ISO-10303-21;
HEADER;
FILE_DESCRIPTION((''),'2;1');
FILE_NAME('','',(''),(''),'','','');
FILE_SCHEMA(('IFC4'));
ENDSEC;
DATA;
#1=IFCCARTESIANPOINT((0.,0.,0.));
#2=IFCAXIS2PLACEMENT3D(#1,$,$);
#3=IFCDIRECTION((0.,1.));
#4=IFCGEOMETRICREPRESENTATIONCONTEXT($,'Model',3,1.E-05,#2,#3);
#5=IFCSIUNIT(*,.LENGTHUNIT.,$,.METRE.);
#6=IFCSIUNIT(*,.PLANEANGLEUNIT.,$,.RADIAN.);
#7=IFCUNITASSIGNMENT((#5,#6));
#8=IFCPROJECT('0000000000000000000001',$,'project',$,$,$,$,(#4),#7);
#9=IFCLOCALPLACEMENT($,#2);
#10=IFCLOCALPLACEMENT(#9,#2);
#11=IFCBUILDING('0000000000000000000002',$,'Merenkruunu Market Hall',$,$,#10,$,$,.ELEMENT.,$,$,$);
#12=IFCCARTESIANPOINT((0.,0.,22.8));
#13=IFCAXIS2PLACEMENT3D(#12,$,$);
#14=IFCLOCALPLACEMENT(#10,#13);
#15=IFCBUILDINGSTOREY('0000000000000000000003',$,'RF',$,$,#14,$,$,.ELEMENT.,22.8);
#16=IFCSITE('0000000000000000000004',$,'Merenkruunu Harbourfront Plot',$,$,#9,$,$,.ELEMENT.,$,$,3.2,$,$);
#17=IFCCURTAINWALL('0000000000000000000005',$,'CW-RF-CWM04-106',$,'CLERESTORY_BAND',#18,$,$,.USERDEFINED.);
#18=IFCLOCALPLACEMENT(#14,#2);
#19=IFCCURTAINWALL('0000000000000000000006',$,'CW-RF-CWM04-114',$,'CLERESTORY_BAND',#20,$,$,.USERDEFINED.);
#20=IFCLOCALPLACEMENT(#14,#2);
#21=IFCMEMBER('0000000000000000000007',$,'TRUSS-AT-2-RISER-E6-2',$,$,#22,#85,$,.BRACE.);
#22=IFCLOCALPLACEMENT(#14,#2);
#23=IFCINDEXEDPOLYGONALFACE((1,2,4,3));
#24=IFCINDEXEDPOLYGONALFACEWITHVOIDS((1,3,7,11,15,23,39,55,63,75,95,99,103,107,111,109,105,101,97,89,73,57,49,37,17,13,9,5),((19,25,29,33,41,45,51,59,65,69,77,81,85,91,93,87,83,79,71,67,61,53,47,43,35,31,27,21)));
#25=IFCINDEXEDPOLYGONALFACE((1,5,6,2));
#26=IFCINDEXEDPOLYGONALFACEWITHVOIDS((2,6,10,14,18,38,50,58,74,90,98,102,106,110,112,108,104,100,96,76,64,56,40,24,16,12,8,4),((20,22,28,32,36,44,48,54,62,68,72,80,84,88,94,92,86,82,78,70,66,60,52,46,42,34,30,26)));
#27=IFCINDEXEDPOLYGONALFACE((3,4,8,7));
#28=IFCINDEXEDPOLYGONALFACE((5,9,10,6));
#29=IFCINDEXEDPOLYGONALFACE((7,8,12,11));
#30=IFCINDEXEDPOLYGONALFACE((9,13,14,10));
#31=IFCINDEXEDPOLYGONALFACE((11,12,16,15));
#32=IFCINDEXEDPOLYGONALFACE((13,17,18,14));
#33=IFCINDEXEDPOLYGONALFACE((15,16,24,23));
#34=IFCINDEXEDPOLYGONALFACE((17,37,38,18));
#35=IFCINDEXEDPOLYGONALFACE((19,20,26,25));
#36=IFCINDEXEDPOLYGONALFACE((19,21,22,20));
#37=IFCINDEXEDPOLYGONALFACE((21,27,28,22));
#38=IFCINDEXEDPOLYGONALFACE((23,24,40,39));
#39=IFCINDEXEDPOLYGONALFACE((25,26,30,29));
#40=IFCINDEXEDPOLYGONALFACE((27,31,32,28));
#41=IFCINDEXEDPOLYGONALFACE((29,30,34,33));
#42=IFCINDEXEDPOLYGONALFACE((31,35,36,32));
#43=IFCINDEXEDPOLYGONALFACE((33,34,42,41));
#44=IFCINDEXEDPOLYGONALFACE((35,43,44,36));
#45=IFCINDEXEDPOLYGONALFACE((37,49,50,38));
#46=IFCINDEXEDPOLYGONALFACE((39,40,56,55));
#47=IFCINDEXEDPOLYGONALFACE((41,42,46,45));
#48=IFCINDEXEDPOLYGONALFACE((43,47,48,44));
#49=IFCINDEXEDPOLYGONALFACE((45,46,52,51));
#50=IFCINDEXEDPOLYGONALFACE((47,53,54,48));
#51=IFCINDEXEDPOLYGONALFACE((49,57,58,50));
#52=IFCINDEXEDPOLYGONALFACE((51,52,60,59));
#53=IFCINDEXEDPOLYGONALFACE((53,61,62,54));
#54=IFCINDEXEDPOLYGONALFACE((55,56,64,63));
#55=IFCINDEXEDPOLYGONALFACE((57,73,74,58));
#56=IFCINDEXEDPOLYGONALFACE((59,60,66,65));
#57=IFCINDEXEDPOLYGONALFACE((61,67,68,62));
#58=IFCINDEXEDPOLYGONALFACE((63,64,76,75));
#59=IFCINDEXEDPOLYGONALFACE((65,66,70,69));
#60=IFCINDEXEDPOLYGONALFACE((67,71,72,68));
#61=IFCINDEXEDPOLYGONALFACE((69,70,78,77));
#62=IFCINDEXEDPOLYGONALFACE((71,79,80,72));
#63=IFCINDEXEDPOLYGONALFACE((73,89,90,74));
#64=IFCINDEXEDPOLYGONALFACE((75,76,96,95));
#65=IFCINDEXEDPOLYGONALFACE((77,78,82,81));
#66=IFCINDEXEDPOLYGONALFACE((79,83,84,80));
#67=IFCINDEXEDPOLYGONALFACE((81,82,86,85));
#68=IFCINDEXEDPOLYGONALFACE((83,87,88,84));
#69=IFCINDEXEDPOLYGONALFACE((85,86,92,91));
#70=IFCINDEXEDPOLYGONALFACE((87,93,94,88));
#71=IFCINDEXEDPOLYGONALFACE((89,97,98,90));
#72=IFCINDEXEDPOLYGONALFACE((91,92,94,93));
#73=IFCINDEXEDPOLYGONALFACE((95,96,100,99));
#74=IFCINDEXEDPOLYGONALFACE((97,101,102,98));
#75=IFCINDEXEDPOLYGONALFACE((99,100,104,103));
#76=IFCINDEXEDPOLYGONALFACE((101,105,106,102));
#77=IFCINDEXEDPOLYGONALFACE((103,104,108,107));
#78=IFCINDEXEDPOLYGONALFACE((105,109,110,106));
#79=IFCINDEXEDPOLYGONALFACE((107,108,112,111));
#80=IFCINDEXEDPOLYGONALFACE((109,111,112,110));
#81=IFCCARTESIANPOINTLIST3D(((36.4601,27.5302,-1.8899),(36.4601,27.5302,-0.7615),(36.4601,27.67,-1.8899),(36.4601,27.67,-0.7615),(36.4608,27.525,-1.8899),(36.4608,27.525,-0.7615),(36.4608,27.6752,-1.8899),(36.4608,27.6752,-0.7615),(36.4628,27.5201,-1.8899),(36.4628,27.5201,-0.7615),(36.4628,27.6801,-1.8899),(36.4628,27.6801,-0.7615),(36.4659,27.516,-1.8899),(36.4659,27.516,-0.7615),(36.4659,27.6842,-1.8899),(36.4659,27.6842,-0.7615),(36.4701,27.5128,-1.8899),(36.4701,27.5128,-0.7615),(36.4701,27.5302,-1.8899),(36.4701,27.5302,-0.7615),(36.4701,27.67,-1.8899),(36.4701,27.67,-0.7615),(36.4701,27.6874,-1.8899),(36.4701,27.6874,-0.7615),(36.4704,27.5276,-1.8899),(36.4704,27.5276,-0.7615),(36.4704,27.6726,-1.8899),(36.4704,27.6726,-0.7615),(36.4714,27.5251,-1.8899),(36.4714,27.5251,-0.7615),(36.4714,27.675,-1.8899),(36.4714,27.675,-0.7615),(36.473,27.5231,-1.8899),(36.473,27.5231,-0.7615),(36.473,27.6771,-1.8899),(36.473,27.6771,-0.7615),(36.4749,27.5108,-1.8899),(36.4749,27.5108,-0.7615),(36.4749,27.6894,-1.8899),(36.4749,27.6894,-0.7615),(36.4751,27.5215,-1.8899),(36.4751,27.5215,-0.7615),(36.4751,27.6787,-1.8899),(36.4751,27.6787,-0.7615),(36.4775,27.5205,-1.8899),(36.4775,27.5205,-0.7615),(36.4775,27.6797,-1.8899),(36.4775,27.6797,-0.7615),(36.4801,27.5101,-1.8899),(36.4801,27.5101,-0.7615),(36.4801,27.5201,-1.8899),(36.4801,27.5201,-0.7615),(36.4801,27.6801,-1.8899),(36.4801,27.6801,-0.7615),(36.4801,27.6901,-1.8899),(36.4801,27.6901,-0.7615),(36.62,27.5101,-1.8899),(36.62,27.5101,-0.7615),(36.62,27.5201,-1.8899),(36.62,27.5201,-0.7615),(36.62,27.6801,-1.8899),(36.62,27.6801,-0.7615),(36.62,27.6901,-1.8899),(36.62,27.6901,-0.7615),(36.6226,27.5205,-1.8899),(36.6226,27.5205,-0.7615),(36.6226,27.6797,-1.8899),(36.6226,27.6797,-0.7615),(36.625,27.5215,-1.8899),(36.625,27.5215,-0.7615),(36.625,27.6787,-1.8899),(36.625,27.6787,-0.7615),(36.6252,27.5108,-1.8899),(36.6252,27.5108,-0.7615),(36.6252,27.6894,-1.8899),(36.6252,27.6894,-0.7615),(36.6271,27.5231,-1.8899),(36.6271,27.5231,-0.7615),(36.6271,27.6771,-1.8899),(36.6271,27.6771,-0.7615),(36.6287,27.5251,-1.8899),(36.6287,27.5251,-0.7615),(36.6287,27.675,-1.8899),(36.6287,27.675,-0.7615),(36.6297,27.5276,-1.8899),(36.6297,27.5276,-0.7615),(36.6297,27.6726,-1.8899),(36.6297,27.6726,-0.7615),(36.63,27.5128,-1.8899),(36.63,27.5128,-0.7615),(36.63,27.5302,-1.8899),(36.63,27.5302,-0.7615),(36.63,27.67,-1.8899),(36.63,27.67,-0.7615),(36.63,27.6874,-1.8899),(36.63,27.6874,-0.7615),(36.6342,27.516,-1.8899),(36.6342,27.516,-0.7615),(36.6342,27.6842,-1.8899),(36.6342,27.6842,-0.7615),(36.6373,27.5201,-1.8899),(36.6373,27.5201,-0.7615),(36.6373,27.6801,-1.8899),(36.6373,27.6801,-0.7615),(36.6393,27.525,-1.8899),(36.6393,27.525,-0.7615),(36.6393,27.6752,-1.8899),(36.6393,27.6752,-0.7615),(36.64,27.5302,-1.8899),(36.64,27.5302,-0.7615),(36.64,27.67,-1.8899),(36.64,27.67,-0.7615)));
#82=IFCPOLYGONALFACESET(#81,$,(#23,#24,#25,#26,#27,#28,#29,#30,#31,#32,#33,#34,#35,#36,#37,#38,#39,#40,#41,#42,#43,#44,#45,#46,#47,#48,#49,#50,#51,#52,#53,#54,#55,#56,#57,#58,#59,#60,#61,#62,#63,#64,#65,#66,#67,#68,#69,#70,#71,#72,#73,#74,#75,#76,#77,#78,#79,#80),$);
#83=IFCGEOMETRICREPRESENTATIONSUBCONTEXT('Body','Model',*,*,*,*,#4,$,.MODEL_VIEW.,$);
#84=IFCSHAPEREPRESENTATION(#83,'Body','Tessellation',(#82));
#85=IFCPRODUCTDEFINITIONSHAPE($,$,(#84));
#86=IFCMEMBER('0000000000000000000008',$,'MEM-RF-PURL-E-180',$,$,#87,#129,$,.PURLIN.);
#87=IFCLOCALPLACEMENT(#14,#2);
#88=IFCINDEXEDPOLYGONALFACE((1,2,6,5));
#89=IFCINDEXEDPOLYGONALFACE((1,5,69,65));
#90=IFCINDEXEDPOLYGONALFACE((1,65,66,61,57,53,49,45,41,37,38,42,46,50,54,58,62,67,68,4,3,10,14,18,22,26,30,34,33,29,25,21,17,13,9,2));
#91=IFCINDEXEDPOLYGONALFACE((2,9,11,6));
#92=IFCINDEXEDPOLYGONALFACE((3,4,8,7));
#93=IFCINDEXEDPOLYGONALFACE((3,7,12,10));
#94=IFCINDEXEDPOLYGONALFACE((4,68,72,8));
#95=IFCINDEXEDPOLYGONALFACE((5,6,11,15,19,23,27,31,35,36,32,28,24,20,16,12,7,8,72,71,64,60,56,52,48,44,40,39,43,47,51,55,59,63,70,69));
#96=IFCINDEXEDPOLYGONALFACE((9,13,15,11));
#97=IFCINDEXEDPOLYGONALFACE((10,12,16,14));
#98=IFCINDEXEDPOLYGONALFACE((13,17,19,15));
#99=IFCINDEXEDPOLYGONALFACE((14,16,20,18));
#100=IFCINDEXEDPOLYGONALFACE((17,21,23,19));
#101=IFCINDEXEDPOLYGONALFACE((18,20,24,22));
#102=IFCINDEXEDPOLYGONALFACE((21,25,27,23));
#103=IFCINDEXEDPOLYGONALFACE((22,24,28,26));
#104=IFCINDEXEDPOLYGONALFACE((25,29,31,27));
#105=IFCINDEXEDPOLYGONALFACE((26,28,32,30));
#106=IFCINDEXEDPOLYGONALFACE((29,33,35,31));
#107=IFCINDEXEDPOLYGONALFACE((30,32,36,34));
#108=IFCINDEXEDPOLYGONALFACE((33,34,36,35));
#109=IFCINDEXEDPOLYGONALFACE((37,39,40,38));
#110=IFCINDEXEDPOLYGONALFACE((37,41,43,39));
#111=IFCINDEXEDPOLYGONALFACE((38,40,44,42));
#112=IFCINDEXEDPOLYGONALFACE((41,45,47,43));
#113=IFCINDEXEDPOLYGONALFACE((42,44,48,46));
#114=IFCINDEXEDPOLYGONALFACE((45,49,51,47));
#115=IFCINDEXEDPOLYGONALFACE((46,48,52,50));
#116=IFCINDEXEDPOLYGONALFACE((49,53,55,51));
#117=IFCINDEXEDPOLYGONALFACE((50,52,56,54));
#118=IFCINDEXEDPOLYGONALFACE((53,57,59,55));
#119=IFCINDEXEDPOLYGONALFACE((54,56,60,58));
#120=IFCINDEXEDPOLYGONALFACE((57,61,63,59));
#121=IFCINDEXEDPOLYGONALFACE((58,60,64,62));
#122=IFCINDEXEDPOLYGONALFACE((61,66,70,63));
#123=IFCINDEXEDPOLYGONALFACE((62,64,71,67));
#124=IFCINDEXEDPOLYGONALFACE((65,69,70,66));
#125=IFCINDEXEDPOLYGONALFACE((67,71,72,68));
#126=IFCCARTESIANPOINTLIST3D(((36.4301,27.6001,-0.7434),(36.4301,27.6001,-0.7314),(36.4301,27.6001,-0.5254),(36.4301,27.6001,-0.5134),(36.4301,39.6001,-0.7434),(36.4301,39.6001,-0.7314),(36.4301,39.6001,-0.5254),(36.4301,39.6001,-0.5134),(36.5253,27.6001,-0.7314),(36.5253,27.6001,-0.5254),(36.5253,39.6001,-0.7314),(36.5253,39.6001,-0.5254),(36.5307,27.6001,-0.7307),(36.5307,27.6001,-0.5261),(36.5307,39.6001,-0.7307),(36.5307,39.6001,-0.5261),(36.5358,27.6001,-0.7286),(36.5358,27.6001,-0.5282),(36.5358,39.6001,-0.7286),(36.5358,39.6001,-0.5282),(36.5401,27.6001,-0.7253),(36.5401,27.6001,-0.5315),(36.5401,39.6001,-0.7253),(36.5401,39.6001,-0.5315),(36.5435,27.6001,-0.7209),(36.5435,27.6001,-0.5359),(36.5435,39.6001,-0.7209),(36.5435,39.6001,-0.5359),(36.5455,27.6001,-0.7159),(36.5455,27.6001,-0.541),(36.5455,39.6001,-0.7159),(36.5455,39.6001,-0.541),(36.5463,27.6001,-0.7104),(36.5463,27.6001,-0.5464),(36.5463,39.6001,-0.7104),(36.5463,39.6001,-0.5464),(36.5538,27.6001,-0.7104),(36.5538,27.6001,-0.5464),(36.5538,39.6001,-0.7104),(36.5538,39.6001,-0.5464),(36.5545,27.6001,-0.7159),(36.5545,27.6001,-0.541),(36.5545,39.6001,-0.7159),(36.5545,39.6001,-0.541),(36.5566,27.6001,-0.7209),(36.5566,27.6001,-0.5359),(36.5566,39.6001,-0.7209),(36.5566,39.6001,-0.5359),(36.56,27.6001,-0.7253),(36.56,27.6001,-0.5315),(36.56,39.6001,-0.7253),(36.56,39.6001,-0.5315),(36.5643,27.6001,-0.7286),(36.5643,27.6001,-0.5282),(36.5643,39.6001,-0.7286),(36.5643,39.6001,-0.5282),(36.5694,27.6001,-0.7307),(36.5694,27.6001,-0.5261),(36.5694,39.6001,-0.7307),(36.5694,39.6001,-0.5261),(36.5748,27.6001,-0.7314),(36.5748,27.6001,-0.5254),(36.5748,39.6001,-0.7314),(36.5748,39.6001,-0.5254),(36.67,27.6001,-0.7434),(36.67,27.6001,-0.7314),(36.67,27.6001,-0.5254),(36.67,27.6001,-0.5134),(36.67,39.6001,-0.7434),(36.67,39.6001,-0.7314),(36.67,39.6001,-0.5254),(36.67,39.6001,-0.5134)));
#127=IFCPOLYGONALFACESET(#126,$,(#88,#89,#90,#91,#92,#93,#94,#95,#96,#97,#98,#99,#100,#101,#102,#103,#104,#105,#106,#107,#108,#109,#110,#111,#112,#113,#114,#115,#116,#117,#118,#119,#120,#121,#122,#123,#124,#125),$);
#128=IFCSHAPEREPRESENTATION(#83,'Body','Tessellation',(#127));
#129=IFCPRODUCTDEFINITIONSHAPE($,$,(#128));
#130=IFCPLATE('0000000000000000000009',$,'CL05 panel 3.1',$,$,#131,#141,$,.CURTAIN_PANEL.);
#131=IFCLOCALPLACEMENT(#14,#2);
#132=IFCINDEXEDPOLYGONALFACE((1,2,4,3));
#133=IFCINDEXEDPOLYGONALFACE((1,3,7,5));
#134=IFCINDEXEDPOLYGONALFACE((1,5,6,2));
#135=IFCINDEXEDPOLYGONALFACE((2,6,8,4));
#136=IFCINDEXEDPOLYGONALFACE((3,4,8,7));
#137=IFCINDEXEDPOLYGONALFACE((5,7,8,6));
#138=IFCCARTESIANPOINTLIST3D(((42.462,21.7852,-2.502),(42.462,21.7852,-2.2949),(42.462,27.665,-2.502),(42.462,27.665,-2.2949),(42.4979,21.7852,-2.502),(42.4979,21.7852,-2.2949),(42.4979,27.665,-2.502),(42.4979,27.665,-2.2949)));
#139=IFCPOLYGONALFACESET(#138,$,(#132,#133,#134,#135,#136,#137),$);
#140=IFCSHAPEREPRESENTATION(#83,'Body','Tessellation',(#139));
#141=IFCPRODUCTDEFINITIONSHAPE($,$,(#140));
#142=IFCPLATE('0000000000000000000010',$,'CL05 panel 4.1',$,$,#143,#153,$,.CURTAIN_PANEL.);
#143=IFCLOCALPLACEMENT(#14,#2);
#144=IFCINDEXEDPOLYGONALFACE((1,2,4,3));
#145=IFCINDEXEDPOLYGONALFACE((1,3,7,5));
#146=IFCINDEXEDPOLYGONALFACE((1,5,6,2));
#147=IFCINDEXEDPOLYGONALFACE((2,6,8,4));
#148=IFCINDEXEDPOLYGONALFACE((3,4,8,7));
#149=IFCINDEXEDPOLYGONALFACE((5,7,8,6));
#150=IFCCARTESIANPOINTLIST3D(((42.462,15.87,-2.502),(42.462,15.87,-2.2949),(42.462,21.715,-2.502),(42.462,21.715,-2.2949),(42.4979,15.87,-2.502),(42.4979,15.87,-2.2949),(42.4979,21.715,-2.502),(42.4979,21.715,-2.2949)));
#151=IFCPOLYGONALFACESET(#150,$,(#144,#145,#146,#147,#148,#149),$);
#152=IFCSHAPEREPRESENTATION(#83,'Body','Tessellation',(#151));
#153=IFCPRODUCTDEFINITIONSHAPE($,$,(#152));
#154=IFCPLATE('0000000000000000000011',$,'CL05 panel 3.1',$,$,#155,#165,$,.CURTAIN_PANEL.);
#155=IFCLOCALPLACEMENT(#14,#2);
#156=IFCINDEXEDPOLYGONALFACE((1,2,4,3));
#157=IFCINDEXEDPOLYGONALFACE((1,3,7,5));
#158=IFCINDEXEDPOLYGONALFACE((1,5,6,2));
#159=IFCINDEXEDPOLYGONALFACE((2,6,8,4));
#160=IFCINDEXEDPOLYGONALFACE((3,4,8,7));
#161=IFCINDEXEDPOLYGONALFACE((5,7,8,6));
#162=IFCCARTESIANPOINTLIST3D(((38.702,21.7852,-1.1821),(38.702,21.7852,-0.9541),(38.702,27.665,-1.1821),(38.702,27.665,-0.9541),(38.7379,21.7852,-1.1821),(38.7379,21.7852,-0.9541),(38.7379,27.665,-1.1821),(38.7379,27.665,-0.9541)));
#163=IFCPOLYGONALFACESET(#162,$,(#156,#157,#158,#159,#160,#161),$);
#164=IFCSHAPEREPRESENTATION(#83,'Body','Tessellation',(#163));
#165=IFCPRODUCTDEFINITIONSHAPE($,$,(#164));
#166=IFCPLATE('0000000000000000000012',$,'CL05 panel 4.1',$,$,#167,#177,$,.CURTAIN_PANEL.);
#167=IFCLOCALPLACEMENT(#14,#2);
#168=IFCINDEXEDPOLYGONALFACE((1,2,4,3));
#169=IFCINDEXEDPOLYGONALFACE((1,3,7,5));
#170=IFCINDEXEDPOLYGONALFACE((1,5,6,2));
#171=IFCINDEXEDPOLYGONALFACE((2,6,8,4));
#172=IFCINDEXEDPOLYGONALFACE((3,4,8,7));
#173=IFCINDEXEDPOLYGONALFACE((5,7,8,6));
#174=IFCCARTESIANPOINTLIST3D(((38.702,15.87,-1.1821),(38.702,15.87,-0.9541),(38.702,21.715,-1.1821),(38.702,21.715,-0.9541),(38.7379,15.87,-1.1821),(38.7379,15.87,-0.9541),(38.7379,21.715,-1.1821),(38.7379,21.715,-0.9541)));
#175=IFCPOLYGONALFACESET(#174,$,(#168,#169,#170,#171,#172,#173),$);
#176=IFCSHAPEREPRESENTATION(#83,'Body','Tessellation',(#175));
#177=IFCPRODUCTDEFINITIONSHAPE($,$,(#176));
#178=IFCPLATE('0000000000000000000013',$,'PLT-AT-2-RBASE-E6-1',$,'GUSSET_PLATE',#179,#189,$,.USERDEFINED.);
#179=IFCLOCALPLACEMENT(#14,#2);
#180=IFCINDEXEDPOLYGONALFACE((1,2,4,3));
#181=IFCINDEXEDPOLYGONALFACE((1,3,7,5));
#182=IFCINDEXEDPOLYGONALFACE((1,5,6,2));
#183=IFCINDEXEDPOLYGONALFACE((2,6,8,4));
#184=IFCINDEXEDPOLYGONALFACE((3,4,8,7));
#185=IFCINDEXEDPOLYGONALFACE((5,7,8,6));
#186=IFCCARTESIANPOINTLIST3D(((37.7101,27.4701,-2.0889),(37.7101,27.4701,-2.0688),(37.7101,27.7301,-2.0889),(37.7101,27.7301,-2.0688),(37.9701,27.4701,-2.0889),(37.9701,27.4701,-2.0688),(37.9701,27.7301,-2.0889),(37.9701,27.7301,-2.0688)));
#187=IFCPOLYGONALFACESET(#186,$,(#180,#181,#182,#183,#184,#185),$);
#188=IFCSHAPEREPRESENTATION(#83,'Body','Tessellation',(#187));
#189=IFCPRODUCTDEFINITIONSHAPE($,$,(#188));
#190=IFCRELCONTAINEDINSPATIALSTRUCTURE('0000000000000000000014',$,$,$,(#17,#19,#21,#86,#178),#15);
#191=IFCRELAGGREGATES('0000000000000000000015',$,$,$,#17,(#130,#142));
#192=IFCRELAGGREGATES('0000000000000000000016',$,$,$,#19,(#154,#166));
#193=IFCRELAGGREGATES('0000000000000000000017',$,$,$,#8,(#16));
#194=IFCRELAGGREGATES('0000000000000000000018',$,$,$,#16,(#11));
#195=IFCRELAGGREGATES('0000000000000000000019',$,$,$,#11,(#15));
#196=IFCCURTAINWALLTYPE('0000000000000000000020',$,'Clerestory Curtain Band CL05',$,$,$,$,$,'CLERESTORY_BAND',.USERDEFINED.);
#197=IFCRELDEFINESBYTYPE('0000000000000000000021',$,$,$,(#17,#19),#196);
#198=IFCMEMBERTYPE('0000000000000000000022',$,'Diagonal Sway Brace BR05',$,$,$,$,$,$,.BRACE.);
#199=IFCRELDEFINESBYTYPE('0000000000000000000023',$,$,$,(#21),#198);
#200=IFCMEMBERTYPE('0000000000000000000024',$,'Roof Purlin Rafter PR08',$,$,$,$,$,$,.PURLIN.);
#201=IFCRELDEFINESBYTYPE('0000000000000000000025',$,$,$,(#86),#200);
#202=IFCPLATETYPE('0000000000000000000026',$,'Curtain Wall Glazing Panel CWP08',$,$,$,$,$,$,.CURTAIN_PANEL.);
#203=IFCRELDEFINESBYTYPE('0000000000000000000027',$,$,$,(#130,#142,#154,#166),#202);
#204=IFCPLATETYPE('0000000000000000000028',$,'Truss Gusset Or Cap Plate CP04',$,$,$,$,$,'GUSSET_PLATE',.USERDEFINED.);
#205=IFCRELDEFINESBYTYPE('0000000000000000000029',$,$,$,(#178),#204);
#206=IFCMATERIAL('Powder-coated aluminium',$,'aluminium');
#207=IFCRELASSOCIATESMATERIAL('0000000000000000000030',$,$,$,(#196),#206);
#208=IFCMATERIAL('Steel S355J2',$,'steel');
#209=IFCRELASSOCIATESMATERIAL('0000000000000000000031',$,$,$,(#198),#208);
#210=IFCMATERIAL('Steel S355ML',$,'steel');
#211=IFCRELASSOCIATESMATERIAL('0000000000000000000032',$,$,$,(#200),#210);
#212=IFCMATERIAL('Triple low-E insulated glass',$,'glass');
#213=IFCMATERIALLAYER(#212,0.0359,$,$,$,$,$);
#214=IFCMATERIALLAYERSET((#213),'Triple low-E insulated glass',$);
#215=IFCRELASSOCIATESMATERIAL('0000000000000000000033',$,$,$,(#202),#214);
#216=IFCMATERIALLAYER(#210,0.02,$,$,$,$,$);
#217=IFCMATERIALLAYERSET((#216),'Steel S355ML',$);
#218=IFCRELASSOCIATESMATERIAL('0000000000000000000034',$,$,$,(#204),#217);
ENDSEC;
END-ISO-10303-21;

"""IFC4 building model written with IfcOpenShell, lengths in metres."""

from ifc_helpers import new_model, si_unit, direction, frame, origin, origin_2d, place, context, subcontext, project, spatial, rectangle, hollow_rectangle, i_section, extrude, material, layer, layer_set, material_profile, profile_set, type_object, element, aggregate, save


model = new_model("IFC4")

# Units and contexts
model_context = context("Model", 3, precision=1e-05, world=origin(), true_north=direction((0.0, 1.0)))
body_context = subcontext(model_context, "Body", "Model", "MODEL_VIEW")
ifc_project = project(units=[si_unit("LENGTHUNIT", "METRE"), si_unit("PLANEANGLEUNIT", "RADIAN")], contexts=[model_context])

# Site, building, storey
site_placement = place(None, origin())
site = spatial("IfcSite", under=ifc_project, at=site_placement, Name="Merenkruunu Harbourfront Plot", CompositionType="ELEMENT", RefElevation=3.2)
building_placement = place(site_placement, origin())
building = spatial("IfcBuilding", under=site, at=building_placement, Name="Merenkruunu Market Hall", CompositionType="ELEMENT")
storey_placement = place(building_placement, frame((0.0, 0.0, 22.8)))
storey = spatial("IfcBuildingStorey", under=building, at=storey_placement, Name="RF", CompositionType="ELEMENT", Elevation=22.8)

# Curtain walls
ifc_material_1 = material(Name="Powder-coated aluminium", Category="aluminium")
curtain_wall_type = type_object("IfcCurtainWallType", Name="Clerestory Curtain Band CL05", ElementType="CLERESTORY_BAND", PredefinedType="USERDEFINED", material=ifc_material_1)
curtain_wall_1_placement = place(storey_placement, origin())
curtain_wall_1 = element("IfcCurtainWall", 1, at=curtain_wall_1_placement, inside=storey, type_object=curtain_wall_type, Name="CW-RF-CWM04-106", ObjectType="CLERESTORY_BAND", PredefinedType="USERDEFINED")
curtain_wall_2_placement = place(storey_placement, origin())
curtain_wall_2 = element("IfcCurtainWall", 2, at=curtain_wall_2_placement, inside=storey, type_object=curtain_wall_type, Name="CW-RF-CWM04-114", ObjectType="CLERESTORY_BAND", PredefinedType="USERDEFINED")

# Members
ifc_material_2 = material(Name="Steel S355ML", Category="steel")
ifc_material_3 = material(Name="Steel S355J2", Category="steel")
ifc_material_profile_1 = material_profile(ifc_material_3, hollow_rectangle(XDim=0.1799, YDim=0.1799, WallThickness=0.01, InnerFilletRadius=0.01, OuterFilletRadius=0.02, at=origin_2d()), Name="SHS 180x180x10")
ifc_profile_set_1 = profile_set([ifc_material_profile_1], Name="Steel S355J2")
member_type_1 = type_object("IfcMemberType", Name="Diagonal Sway Brace BR05", PredefinedType="BRACE", material=ifc_profile_set_1)
member_1_placement = place(storey_placement, frame((36.55, 27.6001, -1.8899), z_axis=(0.0, 0.0, 1.0), x_axis=(1.0, 0.0, 0.0)))
element("IfcMember", 3, at=member_1_placement, inside=storey, type_object=member_type_1, Name="TRUSS-AT-2-RISER-E6-2", PredefinedType="BRACE", context=body_context, shape_type="SweptSolid", body=[
    extrude(hollow_rectangle(XDim=0.1799, YDim=0.1799, WallThickness=0.01, InnerFilletRadius=0.01, OuterFilletRadius=0.02, at=origin_2d()), origin(), (0.0, 0.0, 1.0), 1.1284),
])
ifc_material_profile_2 = material_profile(ifc_material_2, i_section(OverallWidth=0.24, OverallDepth=0.23, WebThickness=0.0076, FlangeThickness=0.012, FilletRadius=0.021, at=origin_2d()), Name="HEA 240")
ifc_profile_set_2 = profile_set([ifc_material_profile_2], Name="Steel S355ML")
member_type_2 = type_object("IfcMemberType", Name="Roof Purlin Rafter PR08", PredefinedType="PURLIN", material=ifc_profile_set_2)
member_2_placement = place(storey_placement, frame((36.55, 27.6001, -0.6284), z_axis=(0.0, 1.0, 0.0), x_axis=(-1.0, 0.0, 0.0)))
element("IfcMember", 4, at=member_2_placement, inside=storey, type_object=member_type_2, Name="MEM-RF-PURL-E-180", PredefinedType="PURLIN", context=body_context, shape_type="SweptSolid", body=[
    extrude(i_section(OverallWidth=0.24, OverallDepth=0.23, WebThickness=0.0076, FlangeThickness=0.012, FilletRadius=0.021, at=origin_2d()), origin(), (0.0, 0.0, 1.0), 12.0),
])

# Plates
ifc_material_4 = material(Name="Triple low-E insulated glass", Category="glass")
ifc_layer_1 = layer(ifc_material_4, 0.0359)
ifc_layer_set_1 = layer_set([ifc_layer_1], Name="Triple low-E insulated glass")
plate_type_1 = type_object("IfcPlateType", Name="Curtain Wall Glazing Panel CWP08", PredefinedType="CURTAIN_PANEL", material=ifc_layer_set_1)
plate_1_placement = place(storey_placement, frame((42.48, 24.7251, -2.502), z_axis=(0.0, 0.0, 1.0), x_axis=(0.0, -1.0, 0.0)))
plate_1 = element("IfcPlate", 5, at=plate_1_placement, type_object=plate_type_1, Name="CL05 panel 3.1", PredefinedType="CURTAIN_PANEL", context=body_context, shape_type="SweptSolid", body=[
    extrude(rectangle(XDim=5.8799, YDim=0.0359, at=origin_2d()), origin(), (0.0, 0.0, 1.0), 0.207),
])
plate_2_placement = place(storey_placement, frame((42.48, 18.7925, -2.502), z_axis=(0.0, 0.0, 1.0), x_axis=(0.0, -1.0, 0.0)))
plate_2 = element("IfcPlate", 6, at=plate_2_placement, type_object=plate_type_1, Name="CL05 panel 4.1", PredefinedType="CURTAIN_PANEL", context=body_context, shape_type="SweptSolid", body=[
    extrude(rectangle(XDim=5.845, YDim=0.0359, at=origin_2d()), origin(), (0.0, 0.0, 1.0), 0.207),
])
aggregate(curtain_wall_1, [plate_1, plate_2])
plate_3_placement = place(storey_placement, frame((38.72, 24.7251, -1.1821), z_axis=(0.0, 0.0, 1.0), x_axis=(0.0, -1.0, 0.0)))
plate_3 = element("IfcPlate", 7, at=plate_3_placement, type_object=plate_type_1, Name="CL05 panel 3.1", PredefinedType="CURTAIN_PANEL", context=body_context, shape_type="SweptSolid", body=[
    extrude(rectangle(XDim=5.8799, YDim=0.0359, at=origin_2d()), origin(), (0.0, 0.0, 1.0), 0.228),
])
plate_4_placement = place(storey_placement, frame((38.72, 18.7925, -1.1821), z_axis=(0.0, 0.0, 1.0), x_axis=(0.0, -1.0, 0.0)))
plate_4 = element("IfcPlate", 8, at=plate_4_placement, type_object=plate_type_1, Name="CL05 panel 4.1", PredefinedType="CURTAIN_PANEL", context=body_context, shape_type="SweptSolid", body=[
    extrude(rectangle(XDim=5.845, YDim=0.0359, at=origin_2d()), origin(), (0.0, 0.0, 1.0), 0.228),
])
aggregate(curtain_wall_2, [plate_3, plate_4])

# Plate
ifc_layer_2 = layer(ifc_material_2, 0.02)
ifc_layer_set_2 = layer_set([ifc_layer_2], Name="Steel S355ML")
plate_type_2 = type_object("IfcPlateType", Name="Truss Gusset Or Cap Plate CP04", ElementType="GUSSET_PLATE", PredefinedType="USERDEFINED", material=ifc_layer_set_2)
for number, where, z_axis, x_axis, name in (
    (9, (37.8401, 27.6001, -2.0889), (0.0, 0.0, 1.0), (1.0, 0.0, 0.0), "PLT-AT-2-RBASE-E6-1"),
):
    element("IfcPlate", number, at=place(storey_placement, frame(where, z_axis=z_axis, x_axis=x_axis)), inside=storey, type_object=plate_type_2, Name=name, ObjectType="GUSSET_PLATE", PredefinedType="USERDEFINED", context=body_context, shape_type="SweptSolid", body=[
        extrude(rectangle(XDim=0.26, YDim=0.26, at=origin_2d()), origin(), (0.0, 0.0, 1.0), 0.02),
    ])

save(model, "model.ifc")
